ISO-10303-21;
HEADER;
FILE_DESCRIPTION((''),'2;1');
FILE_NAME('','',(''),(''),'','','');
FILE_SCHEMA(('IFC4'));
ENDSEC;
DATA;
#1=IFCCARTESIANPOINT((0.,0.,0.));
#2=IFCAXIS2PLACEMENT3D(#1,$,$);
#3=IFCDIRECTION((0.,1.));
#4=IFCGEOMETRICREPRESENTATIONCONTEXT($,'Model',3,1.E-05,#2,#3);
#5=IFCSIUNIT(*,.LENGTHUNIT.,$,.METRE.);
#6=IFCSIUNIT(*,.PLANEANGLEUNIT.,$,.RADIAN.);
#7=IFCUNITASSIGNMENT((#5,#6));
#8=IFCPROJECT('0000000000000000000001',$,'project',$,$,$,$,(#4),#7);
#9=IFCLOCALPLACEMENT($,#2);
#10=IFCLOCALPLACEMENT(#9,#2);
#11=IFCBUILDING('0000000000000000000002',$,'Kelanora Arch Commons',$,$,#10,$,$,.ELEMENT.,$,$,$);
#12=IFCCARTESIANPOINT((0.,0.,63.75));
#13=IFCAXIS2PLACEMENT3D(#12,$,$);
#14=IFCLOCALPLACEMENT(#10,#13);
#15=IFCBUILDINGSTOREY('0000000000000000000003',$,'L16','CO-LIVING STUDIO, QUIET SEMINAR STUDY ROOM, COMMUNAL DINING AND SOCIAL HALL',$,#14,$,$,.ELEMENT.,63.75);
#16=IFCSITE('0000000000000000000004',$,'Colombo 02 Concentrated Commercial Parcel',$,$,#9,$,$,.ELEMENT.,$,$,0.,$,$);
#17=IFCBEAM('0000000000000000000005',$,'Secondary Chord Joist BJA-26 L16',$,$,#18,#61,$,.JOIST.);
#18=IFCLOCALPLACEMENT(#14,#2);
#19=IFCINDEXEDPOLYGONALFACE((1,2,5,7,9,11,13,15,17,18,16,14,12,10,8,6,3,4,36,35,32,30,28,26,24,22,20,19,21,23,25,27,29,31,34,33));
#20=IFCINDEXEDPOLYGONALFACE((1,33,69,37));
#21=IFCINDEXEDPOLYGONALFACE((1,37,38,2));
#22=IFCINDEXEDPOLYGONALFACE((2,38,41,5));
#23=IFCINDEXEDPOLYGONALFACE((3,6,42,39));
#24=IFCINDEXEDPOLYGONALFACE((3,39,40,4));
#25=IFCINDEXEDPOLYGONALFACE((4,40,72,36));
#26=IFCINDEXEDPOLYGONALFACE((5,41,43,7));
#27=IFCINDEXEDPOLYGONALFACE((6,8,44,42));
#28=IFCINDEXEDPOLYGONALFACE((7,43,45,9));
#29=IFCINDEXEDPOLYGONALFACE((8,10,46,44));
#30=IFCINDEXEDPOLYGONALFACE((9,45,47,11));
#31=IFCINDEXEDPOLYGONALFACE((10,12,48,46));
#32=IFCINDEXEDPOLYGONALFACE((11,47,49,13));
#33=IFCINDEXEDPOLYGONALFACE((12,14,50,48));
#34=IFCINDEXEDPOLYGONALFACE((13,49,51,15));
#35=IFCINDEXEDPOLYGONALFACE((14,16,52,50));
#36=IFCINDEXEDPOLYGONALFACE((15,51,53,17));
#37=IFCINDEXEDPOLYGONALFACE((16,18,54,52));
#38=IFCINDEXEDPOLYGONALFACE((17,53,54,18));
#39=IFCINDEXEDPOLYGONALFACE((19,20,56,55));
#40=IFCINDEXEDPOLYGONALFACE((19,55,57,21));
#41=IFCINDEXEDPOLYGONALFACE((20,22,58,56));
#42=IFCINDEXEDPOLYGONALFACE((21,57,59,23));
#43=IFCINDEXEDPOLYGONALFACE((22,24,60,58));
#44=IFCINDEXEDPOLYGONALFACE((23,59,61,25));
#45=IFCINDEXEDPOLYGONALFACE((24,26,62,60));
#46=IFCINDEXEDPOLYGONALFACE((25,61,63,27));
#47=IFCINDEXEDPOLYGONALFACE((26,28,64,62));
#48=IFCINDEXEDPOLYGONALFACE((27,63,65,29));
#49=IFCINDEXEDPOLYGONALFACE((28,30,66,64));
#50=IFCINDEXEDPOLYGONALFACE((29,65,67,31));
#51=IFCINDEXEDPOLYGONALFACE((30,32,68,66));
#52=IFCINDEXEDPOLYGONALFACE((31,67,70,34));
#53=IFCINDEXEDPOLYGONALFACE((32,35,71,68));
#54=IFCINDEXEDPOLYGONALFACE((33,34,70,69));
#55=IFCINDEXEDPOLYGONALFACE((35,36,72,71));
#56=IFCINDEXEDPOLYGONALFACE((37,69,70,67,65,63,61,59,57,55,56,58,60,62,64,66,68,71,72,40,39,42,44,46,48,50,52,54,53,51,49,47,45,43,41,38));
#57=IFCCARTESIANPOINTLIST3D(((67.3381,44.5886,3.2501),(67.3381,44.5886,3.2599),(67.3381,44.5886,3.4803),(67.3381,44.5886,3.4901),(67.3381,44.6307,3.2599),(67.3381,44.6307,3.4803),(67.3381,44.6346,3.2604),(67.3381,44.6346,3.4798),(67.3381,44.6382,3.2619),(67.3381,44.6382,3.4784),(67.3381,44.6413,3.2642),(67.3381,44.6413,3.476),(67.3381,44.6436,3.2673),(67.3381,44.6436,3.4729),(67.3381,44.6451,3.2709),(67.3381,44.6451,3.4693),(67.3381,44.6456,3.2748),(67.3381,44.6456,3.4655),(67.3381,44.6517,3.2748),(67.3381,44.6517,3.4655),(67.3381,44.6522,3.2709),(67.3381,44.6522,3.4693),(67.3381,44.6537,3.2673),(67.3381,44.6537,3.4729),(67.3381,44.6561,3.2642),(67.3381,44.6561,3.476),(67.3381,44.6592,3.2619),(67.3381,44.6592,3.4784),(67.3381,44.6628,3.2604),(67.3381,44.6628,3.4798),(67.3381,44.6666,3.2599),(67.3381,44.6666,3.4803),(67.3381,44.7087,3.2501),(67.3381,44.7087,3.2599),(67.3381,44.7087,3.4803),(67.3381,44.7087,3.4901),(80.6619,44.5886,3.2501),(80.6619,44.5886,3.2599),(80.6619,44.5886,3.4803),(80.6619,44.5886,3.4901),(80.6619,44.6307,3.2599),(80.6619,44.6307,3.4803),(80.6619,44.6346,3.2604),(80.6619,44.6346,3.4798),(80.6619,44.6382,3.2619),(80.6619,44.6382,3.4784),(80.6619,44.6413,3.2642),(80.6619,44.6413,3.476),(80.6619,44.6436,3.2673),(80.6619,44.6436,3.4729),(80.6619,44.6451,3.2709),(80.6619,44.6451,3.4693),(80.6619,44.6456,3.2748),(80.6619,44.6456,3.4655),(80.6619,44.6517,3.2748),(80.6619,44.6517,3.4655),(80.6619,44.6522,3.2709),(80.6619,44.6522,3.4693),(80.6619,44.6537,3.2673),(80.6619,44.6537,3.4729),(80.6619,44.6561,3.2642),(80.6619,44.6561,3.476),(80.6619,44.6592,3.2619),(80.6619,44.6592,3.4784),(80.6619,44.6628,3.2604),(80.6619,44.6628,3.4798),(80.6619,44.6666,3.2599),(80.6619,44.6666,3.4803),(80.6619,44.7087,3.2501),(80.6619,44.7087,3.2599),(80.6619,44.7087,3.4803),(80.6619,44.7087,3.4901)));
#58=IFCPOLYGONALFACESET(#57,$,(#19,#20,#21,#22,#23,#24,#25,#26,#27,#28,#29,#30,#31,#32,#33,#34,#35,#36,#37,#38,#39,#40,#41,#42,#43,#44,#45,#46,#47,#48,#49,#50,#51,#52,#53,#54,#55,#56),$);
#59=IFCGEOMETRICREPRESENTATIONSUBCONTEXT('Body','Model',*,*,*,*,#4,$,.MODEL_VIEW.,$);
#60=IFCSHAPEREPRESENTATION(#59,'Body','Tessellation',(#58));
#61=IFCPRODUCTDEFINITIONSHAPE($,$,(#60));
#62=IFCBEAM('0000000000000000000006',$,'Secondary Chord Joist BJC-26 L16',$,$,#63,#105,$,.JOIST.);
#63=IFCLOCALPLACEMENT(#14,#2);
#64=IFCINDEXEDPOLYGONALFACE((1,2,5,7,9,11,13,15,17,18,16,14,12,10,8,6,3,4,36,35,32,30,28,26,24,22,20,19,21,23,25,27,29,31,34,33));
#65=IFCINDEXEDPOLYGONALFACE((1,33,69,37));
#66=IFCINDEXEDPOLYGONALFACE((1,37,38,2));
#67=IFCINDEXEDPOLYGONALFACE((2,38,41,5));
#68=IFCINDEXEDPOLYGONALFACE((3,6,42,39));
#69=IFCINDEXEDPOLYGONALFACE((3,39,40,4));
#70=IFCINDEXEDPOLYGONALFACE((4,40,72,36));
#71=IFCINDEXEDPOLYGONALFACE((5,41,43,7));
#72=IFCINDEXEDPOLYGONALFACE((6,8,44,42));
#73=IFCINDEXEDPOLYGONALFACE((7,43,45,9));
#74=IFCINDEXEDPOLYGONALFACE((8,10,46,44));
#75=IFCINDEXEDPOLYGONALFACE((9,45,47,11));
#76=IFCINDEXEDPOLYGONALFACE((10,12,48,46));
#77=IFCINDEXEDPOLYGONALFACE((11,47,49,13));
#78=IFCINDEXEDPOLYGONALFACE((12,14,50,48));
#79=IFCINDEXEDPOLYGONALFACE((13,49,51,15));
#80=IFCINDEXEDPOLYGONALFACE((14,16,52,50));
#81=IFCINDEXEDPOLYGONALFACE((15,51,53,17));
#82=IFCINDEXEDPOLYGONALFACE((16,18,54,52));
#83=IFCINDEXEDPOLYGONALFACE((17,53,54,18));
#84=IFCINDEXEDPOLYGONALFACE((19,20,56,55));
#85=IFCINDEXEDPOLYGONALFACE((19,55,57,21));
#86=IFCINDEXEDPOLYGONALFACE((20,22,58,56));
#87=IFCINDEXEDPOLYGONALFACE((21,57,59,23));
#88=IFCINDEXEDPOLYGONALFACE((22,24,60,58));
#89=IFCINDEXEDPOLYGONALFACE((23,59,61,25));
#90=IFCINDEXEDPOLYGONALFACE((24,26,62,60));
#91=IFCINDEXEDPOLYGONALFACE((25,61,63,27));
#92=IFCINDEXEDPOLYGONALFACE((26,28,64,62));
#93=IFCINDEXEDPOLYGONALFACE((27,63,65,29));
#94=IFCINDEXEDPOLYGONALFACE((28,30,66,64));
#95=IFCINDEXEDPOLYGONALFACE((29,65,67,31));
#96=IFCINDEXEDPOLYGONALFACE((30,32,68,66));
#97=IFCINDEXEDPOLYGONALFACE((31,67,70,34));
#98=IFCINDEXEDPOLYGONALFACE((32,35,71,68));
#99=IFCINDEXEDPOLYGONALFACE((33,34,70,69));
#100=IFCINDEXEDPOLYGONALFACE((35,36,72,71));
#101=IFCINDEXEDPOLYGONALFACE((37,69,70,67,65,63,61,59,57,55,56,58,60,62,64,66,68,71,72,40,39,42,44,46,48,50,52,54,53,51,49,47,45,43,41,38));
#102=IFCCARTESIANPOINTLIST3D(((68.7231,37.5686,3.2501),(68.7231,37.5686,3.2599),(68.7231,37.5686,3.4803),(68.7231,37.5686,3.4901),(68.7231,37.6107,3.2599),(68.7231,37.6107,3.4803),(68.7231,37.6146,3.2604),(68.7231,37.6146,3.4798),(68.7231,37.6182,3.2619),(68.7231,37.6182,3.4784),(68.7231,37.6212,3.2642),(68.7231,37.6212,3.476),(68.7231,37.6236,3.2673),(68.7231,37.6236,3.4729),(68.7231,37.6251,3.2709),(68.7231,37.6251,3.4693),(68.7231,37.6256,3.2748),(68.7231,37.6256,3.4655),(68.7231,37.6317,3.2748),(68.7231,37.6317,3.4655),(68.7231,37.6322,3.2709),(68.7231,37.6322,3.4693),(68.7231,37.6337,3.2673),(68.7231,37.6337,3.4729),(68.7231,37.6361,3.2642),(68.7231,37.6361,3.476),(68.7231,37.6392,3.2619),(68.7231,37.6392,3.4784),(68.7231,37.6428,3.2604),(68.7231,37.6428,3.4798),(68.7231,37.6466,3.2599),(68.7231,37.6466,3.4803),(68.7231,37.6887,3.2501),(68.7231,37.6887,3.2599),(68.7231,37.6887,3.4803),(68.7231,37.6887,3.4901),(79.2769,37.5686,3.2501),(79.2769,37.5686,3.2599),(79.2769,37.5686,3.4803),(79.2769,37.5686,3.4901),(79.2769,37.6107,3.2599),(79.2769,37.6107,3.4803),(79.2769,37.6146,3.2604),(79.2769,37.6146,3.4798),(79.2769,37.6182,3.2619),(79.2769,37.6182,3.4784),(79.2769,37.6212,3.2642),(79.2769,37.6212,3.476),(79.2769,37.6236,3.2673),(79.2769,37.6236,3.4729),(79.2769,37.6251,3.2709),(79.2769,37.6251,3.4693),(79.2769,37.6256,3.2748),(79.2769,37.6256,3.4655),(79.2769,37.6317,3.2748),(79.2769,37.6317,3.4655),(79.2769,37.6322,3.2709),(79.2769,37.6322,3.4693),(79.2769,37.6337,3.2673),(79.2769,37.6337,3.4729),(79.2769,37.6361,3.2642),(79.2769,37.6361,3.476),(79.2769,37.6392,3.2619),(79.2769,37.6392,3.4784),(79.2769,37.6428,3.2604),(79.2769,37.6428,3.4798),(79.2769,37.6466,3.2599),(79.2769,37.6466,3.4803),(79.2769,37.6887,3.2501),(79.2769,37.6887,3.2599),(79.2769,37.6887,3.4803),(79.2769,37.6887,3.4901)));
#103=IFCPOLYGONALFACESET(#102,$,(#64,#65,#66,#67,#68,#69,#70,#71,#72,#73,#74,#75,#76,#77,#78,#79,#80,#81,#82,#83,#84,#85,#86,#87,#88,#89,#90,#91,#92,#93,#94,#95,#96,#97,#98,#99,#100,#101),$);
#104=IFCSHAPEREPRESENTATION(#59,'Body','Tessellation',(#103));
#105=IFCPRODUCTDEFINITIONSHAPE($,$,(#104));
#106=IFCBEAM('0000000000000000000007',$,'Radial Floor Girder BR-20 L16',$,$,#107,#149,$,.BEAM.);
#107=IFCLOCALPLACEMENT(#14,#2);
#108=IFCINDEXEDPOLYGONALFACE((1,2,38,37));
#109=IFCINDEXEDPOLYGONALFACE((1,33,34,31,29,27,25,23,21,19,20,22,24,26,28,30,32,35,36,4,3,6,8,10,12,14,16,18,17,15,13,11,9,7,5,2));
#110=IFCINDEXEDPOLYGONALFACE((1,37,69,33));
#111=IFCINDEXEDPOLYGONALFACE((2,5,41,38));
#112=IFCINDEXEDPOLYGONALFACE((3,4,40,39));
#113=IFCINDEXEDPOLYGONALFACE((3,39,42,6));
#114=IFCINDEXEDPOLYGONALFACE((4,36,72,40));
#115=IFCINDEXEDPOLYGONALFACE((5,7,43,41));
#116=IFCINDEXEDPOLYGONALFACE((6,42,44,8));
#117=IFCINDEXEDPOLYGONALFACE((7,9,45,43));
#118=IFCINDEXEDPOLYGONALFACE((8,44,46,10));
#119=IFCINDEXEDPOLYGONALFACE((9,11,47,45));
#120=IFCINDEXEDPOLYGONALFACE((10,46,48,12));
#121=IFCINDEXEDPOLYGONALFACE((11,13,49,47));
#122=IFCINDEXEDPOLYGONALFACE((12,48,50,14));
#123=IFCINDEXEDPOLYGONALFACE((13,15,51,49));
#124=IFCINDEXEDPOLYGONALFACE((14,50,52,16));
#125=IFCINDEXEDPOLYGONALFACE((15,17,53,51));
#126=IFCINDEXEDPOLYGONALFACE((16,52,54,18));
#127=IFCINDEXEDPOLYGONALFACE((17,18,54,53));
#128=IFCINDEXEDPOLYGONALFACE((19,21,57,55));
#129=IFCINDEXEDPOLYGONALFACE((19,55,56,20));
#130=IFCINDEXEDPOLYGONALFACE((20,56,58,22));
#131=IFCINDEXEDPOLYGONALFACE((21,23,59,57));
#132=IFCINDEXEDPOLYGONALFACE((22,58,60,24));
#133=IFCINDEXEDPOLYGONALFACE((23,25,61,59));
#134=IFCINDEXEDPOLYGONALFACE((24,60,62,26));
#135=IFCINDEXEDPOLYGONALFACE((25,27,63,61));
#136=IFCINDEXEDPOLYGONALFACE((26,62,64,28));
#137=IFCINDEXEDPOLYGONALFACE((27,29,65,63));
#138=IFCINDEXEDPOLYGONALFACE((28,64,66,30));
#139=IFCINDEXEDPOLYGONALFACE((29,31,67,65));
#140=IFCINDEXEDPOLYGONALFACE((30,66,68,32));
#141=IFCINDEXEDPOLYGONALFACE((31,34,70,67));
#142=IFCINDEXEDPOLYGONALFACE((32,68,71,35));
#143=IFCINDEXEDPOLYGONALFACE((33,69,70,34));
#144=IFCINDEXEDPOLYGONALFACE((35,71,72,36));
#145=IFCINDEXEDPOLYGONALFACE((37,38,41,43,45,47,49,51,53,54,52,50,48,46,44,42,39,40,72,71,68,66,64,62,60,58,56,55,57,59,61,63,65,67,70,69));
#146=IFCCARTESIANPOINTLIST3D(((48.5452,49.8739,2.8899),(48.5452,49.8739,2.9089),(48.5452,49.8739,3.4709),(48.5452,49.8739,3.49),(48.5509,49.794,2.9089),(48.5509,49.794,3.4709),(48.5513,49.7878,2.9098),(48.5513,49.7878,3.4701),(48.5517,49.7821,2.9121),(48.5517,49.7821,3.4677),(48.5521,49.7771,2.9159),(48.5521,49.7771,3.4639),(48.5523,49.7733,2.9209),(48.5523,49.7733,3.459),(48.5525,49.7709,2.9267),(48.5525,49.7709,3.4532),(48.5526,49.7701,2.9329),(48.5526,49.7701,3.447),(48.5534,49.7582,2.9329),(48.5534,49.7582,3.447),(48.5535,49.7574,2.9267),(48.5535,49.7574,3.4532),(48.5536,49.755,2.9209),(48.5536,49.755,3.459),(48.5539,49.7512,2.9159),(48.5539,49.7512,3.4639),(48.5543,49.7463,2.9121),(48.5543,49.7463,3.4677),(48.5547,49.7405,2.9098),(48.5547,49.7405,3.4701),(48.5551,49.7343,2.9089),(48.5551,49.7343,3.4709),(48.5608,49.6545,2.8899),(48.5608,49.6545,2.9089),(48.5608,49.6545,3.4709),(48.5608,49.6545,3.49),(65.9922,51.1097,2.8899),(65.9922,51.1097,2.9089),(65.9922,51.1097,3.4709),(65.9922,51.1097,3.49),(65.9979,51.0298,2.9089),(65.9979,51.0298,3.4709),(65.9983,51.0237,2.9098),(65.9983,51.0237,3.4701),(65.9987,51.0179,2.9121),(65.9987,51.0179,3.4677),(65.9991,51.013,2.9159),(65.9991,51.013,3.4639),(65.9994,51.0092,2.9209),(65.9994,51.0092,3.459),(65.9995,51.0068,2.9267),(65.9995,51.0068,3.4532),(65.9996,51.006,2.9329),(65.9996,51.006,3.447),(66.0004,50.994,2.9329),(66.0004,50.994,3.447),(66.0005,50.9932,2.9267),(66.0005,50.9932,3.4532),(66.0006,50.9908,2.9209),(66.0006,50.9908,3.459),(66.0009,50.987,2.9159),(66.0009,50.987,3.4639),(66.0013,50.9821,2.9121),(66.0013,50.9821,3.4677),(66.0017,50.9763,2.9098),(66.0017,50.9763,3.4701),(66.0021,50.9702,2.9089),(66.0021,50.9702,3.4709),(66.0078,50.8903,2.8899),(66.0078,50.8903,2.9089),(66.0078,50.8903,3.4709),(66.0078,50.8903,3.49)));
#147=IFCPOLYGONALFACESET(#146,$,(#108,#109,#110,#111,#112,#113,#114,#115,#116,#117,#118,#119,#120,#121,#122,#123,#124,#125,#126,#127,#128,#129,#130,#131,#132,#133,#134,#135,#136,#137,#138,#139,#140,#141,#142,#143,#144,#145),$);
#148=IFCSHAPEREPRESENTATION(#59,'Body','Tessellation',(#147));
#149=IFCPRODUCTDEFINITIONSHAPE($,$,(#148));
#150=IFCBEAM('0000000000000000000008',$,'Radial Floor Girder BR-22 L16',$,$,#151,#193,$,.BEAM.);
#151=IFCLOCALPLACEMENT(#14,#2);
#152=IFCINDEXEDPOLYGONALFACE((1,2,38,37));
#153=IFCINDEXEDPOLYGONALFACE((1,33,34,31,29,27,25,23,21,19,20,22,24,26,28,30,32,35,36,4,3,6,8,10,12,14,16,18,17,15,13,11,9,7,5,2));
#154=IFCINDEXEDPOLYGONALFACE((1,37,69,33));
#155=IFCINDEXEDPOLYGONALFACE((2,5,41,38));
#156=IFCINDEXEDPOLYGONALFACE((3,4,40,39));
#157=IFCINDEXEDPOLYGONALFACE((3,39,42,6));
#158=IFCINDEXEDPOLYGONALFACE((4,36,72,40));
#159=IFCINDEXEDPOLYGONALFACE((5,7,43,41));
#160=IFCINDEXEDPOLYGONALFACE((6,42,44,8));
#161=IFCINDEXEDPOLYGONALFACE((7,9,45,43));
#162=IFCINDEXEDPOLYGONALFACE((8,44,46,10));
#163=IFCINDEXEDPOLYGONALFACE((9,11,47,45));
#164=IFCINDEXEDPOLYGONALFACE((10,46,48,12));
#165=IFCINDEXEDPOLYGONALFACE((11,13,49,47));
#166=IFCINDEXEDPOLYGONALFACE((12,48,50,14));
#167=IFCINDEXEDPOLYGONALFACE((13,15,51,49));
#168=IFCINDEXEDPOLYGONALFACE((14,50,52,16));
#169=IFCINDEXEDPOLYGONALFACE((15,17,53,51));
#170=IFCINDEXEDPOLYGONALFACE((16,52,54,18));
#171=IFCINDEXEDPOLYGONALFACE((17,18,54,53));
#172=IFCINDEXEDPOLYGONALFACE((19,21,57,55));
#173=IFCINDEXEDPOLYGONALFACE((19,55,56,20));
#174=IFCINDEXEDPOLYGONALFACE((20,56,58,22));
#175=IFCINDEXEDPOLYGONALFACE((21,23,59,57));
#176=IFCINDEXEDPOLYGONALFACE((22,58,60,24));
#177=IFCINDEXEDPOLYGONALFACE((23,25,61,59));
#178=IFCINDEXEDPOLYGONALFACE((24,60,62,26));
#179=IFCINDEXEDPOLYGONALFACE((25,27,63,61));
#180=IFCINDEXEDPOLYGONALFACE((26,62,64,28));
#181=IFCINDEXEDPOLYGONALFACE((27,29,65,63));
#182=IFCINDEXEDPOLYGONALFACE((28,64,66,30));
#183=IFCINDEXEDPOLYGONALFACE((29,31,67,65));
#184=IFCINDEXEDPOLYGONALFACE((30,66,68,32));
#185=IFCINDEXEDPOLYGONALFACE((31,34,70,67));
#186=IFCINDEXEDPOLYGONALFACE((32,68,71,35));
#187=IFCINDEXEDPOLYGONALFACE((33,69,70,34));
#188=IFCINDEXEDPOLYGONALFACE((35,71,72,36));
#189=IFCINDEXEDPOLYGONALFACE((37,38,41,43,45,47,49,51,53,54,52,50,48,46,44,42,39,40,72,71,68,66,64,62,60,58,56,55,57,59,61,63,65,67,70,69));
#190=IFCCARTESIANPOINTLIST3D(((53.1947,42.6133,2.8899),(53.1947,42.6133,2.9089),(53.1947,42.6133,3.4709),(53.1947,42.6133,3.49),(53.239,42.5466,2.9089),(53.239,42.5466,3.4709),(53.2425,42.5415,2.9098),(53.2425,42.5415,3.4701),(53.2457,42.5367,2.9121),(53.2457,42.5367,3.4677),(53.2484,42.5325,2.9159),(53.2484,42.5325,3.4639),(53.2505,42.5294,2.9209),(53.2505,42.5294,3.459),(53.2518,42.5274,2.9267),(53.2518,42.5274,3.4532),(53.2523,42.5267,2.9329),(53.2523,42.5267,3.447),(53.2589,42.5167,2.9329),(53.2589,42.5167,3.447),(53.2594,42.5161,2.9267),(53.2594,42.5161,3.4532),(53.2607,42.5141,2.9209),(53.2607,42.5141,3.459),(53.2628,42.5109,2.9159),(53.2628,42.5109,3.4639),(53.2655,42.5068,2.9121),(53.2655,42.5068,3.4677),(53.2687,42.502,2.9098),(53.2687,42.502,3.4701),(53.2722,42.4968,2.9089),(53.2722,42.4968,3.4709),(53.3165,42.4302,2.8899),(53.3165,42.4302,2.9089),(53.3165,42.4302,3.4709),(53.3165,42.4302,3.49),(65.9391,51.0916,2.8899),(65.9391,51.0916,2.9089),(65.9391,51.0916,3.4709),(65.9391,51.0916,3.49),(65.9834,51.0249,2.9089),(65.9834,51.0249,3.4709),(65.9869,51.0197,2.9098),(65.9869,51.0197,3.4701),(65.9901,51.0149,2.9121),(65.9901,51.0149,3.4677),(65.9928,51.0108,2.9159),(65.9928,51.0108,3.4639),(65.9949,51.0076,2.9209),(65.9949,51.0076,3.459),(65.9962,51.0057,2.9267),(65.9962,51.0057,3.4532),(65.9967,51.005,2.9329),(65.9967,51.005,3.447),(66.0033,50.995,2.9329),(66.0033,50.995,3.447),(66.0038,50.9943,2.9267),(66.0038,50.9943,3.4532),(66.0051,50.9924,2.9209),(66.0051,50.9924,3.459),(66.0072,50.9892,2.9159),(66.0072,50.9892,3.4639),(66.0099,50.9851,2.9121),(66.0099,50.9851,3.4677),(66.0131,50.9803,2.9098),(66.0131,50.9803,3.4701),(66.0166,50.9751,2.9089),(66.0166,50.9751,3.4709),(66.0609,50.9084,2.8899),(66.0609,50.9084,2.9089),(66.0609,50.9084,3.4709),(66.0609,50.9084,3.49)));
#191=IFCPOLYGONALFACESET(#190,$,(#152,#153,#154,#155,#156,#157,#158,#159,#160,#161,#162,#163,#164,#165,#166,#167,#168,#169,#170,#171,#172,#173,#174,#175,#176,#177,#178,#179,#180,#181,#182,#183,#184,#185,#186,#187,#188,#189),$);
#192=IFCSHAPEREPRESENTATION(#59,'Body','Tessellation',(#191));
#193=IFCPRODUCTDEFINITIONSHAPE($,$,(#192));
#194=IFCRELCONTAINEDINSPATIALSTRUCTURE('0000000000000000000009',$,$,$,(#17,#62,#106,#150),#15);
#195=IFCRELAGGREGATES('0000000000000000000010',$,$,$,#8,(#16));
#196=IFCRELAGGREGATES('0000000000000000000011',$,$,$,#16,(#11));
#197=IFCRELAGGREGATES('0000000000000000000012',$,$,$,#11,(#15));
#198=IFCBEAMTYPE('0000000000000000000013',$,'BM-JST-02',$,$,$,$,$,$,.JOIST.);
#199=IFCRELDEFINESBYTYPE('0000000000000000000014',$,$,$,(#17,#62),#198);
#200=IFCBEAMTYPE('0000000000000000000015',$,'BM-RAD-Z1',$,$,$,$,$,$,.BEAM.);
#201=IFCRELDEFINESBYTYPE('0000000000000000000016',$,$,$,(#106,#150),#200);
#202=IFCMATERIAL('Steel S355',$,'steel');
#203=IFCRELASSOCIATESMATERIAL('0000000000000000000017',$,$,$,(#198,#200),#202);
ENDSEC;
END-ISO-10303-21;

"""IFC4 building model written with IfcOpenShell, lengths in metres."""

from ifc_helpers import new_model, si_unit, direction, frame, origin, origin_2d, place, context, subcontext, project, spatial, i_section, extrude, material, material_profile, profile_set, type_object, element, save


model = new_model("IFC4")

# Units and contexts
model_context = context("Model", 3, precision=1e-05, world=origin(), true_north=direction((0.0, 1.0)))
body_context = subcontext(model_context, "Body", "Model", "MODEL_VIEW")
ifc_project = project(units=[si_unit("LENGTHUNIT", "METRE"), si_unit("PLANEANGLEUNIT", "RADIAN")], contexts=[model_context])

# Site, building, storey
site_placement = place(None, origin())
site = spatial("IfcSite", under=ifc_project, at=site_placement, Name="Colombo 02 Concentrated Commercial Parcel", CompositionType="ELEMENT", RefElevation=0.0)
building_placement = place(site_placement, origin())
building = spatial("IfcBuilding", under=site, at=building_placement, Name="Kelanora Arch Commons", CompositionType="ELEMENT")
storey_placement = place(building_placement, frame((0.0, 0.0, 63.75)))
storey = spatial("IfcBuildingStorey", under=building, at=storey_placement, Name="L16", Description="CO-LIVING STUDIO, QUIET SEMINAR STUDY ROOM, COMMUNAL DINING AND SOCIAL HALL", CompositionType="ELEMENT", Elevation=63.75)

# Beams
ifc_material_1 = material(Name="Steel S355", Category="steel")
ifc_material_profile_1 = material_profile(ifc_material_1, i_section(OverallWidth=0.1201, OverallDepth=0.24, WebThickness=0.0061, FlangeThickness=0.0098, FilletRadius=0.0149, at=origin_2d()), Name="IPE240")
ifc_profile_set_1 = profile_set([ifc_material_profile_1], Name="Steel S355")
beam_type_1 = type_object("IfcBeamType", Name="BM-JST-02", PredefinedType="JOIST", material=ifc_profile_set_1)
beam_1_placement = place(storey_placement, frame((67.3381, 44.6487, 3.3701), z_axis=(1.0, 0.0, 0.0), x_axis=(0.0, 1.0, 0.0)))
element("IfcBeam", 1, at=beam_1_placement, inside=storey, type_object=beam_type_1, Name="Secondary Chord Joist BJA-26 L16", PredefinedType="JOIST", context=body_context, shape_type="SweptSolid", body=[
    extrude(i_section(OverallWidth=0.1201, OverallDepth=0.24, WebThickness=0.0061, FlangeThickness=0.0098, FilletRadius=0.0149, at=origin_2d()), origin(), (0.0, 0.0, 1.0), 13.3237),
])
beam_2_placement = place(storey_placement, frame((68.7231, 37.6287, 3.3701), z_axis=(1.0, 0.0, 0.0), x_axis=(0.0, 1.0, 0.0)))
element("IfcBeam", 2, at=beam_2_placement, inside=storey, type_object=beam_type_1, Name="Secondary Chord Joist BJC-26 L16", PredefinedType="JOIST", context=body_context, shape_type="SweptSolid", body=[
    extrude(i_section(OverallWidth=0.1201, OverallDepth=0.24, WebThickness=0.0061, FlangeThickness=0.0098, FilletRadius=0.0149, at=origin_2d()), origin(), (0.0, 0.0, 1.0), 10.5537),
])
ifc_material_profile_2 = material_profile(ifc_material_1, i_section(OverallWidth=0.22, OverallDepth=0.6001, WebThickness=0.012, FlangeThickness=0.019, FilletRadius=0.0239, at=origin_2d()), Name="IPE600")
ifc_profile_set_2 = profile_set([ifc_material_profile_2], Name="Steel S355")
beam_type_2 = type_object("IfcBeamType", Name="BM-RAD-Z1", PredefinedType="BEAM", material=ifc_profile_set_2)
beam_3_placement = place(storey_placement, frame((66.0, 51.0, 3.1899), z_axis=(-0.997501, -0.070657, 0.0), x_axis=(0.070657, -0.997501, 0.0)))
element("IfcBeam", 3, at=beam_3_placement, inside=storey, type_object=beam_type_2, Name="Radial Floor Girder BR-20 L16", PredefinedType="BEAM", context=body_context, shape_type="SweptSolid", body=[
    extrude(i_section(OverallWidth=0.22, OverallDepth=0.6001, WebThickness=0.012, FlangeThickness=0.019, FilletRadius=0.0239, at=origin_2d()), origin(), (0.0, 0.0, 1.0), 17.4907),
])
beam_4_placement = place(storey_placement, frame((66.0, 51.0, 3.1899), z_axis=(-0.832592, -0.553886, 0.0), x_axis=(0.553886, -0.832592, 0.0)))
element("IfcBeam", 4, at=beam_4_placement, inside=storey, type_object=beam_type_2, Name="Radial Floor Girder BR-22 L16", PredefinedType="BEAM", context=body_context, shape_type="SweptSolid", body=[
    extrude(i_section(OverallWidth=0.22, OverallDepth=0.6001, WebThickness=0.012, FlangeThickness=0.019, FilletRadius=0.0239, at=origin_2d()), origin(), (0.0, 0.0, 1.0), 15.3069),
])

save(model, "model.ifc")
